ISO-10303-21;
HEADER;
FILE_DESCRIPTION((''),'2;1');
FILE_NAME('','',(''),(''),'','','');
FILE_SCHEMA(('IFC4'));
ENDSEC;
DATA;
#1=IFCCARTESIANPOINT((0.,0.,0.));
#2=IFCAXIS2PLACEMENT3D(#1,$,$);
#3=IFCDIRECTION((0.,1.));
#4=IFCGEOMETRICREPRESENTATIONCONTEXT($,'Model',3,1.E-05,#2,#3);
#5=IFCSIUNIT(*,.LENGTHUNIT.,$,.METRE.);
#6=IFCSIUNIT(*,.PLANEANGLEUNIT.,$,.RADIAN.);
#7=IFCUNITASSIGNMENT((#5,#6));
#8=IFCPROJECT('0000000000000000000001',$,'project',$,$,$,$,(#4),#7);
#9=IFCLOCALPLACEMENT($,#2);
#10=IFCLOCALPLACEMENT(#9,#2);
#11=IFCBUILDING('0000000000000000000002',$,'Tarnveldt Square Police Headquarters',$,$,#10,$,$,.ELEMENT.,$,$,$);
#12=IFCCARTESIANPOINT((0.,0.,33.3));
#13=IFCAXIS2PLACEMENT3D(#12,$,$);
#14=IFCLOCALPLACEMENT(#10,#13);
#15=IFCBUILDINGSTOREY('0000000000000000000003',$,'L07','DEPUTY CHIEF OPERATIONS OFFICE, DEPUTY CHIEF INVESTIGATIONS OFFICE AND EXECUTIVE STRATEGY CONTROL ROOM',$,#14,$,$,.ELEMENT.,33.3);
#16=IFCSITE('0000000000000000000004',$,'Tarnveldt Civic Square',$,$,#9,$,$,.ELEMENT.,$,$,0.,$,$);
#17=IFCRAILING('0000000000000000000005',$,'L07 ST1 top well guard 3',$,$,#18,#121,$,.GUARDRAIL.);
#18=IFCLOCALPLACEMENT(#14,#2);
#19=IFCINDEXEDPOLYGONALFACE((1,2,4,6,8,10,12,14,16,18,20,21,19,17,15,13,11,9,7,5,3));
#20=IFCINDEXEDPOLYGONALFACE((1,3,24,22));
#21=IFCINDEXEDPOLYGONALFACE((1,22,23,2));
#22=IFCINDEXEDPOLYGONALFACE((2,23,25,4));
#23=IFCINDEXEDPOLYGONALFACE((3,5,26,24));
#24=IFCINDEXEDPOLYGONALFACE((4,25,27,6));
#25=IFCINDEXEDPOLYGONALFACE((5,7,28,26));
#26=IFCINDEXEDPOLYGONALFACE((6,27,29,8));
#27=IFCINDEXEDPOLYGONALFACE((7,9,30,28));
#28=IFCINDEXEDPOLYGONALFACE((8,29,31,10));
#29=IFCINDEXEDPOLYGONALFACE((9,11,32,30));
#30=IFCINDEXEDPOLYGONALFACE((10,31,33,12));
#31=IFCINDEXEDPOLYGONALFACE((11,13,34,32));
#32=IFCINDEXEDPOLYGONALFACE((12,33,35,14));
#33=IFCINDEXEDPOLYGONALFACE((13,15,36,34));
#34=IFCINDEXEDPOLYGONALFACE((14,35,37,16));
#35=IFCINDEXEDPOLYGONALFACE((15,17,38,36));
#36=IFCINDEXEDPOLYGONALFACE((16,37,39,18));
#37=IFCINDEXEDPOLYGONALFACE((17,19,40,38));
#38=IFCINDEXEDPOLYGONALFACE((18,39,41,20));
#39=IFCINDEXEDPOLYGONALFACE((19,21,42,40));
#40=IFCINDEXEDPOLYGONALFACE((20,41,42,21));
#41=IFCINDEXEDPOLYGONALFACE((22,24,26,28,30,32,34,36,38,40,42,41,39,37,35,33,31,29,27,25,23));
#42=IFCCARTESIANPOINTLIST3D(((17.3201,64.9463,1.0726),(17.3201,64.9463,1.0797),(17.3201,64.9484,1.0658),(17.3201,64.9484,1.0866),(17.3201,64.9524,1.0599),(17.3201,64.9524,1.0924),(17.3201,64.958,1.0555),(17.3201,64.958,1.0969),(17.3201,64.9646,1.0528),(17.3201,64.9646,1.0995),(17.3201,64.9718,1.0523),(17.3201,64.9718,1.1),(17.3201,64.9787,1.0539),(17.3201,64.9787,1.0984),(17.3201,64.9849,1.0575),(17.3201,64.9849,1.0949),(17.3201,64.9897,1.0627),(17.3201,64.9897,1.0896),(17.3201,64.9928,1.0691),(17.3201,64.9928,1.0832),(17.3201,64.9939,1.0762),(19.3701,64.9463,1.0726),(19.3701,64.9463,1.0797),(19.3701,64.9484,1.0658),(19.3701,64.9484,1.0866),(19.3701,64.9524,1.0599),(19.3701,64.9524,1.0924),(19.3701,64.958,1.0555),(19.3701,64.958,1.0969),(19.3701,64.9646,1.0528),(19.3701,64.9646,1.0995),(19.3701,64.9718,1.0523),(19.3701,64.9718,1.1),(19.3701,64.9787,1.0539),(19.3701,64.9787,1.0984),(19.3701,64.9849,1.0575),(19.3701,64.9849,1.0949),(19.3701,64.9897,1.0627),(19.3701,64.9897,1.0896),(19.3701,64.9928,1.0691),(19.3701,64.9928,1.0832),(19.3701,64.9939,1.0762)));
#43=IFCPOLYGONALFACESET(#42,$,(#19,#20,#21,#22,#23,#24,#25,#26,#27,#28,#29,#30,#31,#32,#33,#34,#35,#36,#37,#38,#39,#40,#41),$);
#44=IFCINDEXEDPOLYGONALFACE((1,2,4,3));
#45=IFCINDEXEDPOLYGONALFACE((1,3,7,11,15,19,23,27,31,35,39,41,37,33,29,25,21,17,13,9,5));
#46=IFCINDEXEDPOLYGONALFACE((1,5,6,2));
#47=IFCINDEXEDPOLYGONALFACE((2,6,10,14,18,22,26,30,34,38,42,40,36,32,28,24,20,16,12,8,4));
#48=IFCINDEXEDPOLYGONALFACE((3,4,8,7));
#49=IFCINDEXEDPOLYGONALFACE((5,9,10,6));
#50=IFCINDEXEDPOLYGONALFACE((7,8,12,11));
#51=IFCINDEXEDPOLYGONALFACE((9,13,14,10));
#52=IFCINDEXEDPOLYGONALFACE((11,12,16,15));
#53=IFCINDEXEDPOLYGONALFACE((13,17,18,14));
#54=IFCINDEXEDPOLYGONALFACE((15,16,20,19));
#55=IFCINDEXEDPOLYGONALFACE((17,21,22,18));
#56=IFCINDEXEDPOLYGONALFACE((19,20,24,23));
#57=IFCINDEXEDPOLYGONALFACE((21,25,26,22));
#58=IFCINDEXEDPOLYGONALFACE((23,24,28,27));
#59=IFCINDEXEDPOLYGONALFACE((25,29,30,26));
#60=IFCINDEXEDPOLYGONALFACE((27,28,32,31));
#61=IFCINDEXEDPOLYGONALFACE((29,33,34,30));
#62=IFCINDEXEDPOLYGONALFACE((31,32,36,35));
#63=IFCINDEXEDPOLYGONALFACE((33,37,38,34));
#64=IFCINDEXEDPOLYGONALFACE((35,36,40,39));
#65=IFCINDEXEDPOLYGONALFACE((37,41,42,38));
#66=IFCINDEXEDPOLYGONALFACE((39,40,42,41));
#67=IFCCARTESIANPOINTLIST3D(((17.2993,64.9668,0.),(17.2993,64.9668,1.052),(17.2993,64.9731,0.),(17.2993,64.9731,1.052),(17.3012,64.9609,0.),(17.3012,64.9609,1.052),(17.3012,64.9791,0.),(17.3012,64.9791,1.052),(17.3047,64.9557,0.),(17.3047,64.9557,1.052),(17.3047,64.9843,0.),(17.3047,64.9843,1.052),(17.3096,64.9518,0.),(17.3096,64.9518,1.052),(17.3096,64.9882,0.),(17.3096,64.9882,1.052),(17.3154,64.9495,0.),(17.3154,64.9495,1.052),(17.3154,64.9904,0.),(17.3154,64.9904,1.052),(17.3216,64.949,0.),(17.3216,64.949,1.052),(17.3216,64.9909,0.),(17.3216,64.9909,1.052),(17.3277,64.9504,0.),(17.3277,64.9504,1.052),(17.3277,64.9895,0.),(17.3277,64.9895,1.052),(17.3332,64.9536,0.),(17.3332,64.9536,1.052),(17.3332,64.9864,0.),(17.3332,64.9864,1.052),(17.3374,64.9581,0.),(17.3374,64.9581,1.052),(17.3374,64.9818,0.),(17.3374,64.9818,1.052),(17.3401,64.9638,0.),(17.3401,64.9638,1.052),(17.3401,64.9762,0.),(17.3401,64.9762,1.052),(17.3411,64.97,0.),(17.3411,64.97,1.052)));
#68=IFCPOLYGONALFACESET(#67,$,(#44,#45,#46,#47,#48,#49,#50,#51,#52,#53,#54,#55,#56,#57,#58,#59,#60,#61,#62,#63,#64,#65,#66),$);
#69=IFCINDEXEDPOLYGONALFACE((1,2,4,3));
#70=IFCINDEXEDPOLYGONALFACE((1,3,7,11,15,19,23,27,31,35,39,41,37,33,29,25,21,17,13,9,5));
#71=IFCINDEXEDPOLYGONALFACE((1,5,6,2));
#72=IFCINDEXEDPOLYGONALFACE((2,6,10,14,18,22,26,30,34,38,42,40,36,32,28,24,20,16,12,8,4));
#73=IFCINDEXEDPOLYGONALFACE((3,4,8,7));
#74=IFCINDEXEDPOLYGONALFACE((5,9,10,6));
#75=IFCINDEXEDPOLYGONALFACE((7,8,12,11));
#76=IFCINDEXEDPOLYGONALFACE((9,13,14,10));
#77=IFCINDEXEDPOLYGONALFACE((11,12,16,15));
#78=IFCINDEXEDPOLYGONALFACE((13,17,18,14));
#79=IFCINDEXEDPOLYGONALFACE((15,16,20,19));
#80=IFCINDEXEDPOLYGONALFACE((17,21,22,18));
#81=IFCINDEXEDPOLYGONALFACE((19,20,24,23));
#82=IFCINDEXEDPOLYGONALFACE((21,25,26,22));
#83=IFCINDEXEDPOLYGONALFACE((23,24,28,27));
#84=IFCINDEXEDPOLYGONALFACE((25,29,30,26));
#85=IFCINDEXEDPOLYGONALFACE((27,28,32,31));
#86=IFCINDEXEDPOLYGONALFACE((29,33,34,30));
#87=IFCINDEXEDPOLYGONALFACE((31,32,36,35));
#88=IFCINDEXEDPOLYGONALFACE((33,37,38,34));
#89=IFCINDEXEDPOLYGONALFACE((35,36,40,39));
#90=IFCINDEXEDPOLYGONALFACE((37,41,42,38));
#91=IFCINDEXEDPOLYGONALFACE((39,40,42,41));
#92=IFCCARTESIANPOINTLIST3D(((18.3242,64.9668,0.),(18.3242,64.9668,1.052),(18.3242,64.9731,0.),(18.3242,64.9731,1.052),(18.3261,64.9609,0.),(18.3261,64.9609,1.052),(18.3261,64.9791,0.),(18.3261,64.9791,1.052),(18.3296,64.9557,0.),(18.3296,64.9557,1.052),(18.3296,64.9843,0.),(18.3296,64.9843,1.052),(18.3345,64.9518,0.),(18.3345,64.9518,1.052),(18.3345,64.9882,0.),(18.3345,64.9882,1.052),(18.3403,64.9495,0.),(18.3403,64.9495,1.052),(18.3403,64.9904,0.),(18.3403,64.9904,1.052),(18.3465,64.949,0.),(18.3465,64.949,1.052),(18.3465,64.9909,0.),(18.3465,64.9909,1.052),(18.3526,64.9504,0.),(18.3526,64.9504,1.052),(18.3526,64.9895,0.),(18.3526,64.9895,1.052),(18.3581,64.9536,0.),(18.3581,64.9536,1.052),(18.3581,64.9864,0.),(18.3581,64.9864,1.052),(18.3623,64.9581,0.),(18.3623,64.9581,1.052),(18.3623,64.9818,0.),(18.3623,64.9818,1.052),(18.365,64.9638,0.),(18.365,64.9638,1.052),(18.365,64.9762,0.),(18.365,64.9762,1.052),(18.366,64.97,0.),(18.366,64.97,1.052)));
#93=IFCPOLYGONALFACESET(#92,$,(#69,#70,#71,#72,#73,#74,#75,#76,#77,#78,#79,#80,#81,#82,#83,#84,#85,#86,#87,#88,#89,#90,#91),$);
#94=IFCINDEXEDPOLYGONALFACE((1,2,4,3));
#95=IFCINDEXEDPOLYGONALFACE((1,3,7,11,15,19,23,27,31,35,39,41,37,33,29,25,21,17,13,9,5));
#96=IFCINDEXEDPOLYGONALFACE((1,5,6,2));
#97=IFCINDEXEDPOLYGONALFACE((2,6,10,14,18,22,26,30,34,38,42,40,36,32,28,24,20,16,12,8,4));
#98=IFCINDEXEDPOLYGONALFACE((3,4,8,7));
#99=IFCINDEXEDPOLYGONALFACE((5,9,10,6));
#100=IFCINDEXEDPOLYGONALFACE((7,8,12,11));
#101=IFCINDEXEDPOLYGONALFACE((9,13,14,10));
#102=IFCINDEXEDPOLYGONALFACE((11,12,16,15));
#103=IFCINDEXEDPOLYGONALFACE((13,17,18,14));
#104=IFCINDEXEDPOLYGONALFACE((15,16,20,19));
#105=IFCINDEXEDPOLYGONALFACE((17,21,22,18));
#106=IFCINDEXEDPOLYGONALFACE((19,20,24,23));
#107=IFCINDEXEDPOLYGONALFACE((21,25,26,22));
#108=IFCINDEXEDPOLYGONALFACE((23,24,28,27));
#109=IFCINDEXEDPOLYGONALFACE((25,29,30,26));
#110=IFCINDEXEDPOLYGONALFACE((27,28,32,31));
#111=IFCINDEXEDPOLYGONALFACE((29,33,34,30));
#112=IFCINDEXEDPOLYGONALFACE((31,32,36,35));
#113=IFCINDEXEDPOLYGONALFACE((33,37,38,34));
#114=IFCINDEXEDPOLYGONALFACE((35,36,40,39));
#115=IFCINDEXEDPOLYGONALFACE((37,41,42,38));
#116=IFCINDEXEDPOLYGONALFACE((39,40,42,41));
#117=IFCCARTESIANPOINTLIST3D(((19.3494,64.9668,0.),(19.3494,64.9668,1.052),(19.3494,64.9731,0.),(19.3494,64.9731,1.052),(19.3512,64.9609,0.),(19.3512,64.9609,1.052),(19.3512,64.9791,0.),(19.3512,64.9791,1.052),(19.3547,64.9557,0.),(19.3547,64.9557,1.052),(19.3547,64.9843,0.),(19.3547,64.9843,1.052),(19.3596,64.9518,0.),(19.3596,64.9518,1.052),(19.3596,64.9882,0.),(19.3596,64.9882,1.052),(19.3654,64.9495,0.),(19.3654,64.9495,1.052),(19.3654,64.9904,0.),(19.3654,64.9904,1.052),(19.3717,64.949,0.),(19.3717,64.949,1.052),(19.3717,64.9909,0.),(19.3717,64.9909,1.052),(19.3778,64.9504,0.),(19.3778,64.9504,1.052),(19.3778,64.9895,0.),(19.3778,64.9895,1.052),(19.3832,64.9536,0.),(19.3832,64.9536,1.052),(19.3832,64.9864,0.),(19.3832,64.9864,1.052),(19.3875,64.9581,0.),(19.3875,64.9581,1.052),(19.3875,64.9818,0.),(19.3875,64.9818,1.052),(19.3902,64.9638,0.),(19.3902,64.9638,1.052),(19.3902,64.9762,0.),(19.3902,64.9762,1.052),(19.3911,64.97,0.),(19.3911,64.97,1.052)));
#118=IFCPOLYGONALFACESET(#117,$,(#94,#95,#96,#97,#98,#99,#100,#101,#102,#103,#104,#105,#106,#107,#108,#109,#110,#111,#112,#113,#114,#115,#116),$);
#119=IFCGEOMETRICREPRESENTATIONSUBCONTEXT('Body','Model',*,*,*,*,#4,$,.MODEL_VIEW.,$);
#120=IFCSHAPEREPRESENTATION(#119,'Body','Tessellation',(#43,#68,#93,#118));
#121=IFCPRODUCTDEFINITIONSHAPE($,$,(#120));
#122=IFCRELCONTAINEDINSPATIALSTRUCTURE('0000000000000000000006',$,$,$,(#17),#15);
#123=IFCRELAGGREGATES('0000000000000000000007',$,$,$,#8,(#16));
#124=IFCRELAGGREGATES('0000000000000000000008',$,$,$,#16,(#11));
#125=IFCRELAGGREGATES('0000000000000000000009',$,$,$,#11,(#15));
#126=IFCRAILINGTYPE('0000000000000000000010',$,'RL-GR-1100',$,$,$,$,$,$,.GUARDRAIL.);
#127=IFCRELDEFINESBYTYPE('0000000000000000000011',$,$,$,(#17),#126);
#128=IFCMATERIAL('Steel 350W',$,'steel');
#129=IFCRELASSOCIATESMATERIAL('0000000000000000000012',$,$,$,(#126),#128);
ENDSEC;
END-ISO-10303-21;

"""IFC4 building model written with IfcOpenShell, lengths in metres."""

from ifc_helpers import new_model, si_unit, direction, frame, origin, origin_2d, place, context, subcontext, project, spatial, circle, extrude, material, type_object, element, save


model = new_model("IFC4")

# Units and contexts
model_context = context("Model", 3, precision=1e-05, world=origin(), true_north=direction((0.0, 1.0)))
body_context = subcontext(model_context, "Body", "Model", "MODEL_VIEW")
ifc_project = project(units=[si_unit("LENGTHUNIT", "METRE"), si_unit("PLANEANGLEUNIT", "RADIAN")], contexts=[model_context])

# Site, building, storey
site_placement = place(None, origin())
site = spatial("IfcSite", under=ifc_project, at=site_placement, Name="Tarnveldt Civic Square", CompositionType="ELEMENT", RefElevation=0.0)
building_placement = place(site_placement, origin())
building = spatial("IfcBuilding", under=site, at=building_placement, Name="Tarnveldt Square Police Headquarters", CompositionType="ELEMENT")
storey_placement = place(building_placement, frame((0.0, 0.0, 33.3)))
storey = spatial("IfcBuildingStorey", under=building, at=storey_placement, Name="L07", Description="DEPUTY CHIEF OPERATIONS OFFICE, DEPUTY CHIEF INVESTIGATIONS OFFICE AND EXECUTIVE STRATEGY CONTROL ROOM", CompositionType="ELEMENT", Elevation=33.3)

# Shared definitions
ifc_material_1 = material(Name="Steel 350W", Category="steel")

# Railing
railing_type = type_object("IfcRailingType", Name="RL-GR-1100", PredefinedType="GUARDRAIL", material=ifc_material_1)
railing_1_placement = place(storey_placement, frame((17.3201, 64.97, 0.0)))
element("IfcRailing", 1, at=railing_1_placement, inside=storey, type_object=railing_type, Name="L07 ST1 top well guard 3", PredefinedType="GUARDRAIL", context=body_context, shape_type="SweptSolid", body=[
    extrude(circle(Radius=0.0239, at=origin_2d()), frame((0.0, 0.0, 1.0762), z_axis=(1.0, 0.0, 0.0), x_axis=(0.0, 1.0, 0.0)), (0.0, 0.0, 1.0), 2.05),
    extrude(circle(Radius=0.021, at=origin_2d()), origin(), (0.0, 0.0, 1.0), 1.052),
    extrude(circle(Radius=0.021, at=origin_2d()), frame((1.0249, 0.0, 0.0)), (0.0, 0.0, 1.0), 1.052),
    extrude(circle(Radius=0.021, at=origin_2d()), frame((2.05, 0.0, 0.0)), (0.0, 0.0, 1.0), 1.052),
])

save(model, "model.ifc")
